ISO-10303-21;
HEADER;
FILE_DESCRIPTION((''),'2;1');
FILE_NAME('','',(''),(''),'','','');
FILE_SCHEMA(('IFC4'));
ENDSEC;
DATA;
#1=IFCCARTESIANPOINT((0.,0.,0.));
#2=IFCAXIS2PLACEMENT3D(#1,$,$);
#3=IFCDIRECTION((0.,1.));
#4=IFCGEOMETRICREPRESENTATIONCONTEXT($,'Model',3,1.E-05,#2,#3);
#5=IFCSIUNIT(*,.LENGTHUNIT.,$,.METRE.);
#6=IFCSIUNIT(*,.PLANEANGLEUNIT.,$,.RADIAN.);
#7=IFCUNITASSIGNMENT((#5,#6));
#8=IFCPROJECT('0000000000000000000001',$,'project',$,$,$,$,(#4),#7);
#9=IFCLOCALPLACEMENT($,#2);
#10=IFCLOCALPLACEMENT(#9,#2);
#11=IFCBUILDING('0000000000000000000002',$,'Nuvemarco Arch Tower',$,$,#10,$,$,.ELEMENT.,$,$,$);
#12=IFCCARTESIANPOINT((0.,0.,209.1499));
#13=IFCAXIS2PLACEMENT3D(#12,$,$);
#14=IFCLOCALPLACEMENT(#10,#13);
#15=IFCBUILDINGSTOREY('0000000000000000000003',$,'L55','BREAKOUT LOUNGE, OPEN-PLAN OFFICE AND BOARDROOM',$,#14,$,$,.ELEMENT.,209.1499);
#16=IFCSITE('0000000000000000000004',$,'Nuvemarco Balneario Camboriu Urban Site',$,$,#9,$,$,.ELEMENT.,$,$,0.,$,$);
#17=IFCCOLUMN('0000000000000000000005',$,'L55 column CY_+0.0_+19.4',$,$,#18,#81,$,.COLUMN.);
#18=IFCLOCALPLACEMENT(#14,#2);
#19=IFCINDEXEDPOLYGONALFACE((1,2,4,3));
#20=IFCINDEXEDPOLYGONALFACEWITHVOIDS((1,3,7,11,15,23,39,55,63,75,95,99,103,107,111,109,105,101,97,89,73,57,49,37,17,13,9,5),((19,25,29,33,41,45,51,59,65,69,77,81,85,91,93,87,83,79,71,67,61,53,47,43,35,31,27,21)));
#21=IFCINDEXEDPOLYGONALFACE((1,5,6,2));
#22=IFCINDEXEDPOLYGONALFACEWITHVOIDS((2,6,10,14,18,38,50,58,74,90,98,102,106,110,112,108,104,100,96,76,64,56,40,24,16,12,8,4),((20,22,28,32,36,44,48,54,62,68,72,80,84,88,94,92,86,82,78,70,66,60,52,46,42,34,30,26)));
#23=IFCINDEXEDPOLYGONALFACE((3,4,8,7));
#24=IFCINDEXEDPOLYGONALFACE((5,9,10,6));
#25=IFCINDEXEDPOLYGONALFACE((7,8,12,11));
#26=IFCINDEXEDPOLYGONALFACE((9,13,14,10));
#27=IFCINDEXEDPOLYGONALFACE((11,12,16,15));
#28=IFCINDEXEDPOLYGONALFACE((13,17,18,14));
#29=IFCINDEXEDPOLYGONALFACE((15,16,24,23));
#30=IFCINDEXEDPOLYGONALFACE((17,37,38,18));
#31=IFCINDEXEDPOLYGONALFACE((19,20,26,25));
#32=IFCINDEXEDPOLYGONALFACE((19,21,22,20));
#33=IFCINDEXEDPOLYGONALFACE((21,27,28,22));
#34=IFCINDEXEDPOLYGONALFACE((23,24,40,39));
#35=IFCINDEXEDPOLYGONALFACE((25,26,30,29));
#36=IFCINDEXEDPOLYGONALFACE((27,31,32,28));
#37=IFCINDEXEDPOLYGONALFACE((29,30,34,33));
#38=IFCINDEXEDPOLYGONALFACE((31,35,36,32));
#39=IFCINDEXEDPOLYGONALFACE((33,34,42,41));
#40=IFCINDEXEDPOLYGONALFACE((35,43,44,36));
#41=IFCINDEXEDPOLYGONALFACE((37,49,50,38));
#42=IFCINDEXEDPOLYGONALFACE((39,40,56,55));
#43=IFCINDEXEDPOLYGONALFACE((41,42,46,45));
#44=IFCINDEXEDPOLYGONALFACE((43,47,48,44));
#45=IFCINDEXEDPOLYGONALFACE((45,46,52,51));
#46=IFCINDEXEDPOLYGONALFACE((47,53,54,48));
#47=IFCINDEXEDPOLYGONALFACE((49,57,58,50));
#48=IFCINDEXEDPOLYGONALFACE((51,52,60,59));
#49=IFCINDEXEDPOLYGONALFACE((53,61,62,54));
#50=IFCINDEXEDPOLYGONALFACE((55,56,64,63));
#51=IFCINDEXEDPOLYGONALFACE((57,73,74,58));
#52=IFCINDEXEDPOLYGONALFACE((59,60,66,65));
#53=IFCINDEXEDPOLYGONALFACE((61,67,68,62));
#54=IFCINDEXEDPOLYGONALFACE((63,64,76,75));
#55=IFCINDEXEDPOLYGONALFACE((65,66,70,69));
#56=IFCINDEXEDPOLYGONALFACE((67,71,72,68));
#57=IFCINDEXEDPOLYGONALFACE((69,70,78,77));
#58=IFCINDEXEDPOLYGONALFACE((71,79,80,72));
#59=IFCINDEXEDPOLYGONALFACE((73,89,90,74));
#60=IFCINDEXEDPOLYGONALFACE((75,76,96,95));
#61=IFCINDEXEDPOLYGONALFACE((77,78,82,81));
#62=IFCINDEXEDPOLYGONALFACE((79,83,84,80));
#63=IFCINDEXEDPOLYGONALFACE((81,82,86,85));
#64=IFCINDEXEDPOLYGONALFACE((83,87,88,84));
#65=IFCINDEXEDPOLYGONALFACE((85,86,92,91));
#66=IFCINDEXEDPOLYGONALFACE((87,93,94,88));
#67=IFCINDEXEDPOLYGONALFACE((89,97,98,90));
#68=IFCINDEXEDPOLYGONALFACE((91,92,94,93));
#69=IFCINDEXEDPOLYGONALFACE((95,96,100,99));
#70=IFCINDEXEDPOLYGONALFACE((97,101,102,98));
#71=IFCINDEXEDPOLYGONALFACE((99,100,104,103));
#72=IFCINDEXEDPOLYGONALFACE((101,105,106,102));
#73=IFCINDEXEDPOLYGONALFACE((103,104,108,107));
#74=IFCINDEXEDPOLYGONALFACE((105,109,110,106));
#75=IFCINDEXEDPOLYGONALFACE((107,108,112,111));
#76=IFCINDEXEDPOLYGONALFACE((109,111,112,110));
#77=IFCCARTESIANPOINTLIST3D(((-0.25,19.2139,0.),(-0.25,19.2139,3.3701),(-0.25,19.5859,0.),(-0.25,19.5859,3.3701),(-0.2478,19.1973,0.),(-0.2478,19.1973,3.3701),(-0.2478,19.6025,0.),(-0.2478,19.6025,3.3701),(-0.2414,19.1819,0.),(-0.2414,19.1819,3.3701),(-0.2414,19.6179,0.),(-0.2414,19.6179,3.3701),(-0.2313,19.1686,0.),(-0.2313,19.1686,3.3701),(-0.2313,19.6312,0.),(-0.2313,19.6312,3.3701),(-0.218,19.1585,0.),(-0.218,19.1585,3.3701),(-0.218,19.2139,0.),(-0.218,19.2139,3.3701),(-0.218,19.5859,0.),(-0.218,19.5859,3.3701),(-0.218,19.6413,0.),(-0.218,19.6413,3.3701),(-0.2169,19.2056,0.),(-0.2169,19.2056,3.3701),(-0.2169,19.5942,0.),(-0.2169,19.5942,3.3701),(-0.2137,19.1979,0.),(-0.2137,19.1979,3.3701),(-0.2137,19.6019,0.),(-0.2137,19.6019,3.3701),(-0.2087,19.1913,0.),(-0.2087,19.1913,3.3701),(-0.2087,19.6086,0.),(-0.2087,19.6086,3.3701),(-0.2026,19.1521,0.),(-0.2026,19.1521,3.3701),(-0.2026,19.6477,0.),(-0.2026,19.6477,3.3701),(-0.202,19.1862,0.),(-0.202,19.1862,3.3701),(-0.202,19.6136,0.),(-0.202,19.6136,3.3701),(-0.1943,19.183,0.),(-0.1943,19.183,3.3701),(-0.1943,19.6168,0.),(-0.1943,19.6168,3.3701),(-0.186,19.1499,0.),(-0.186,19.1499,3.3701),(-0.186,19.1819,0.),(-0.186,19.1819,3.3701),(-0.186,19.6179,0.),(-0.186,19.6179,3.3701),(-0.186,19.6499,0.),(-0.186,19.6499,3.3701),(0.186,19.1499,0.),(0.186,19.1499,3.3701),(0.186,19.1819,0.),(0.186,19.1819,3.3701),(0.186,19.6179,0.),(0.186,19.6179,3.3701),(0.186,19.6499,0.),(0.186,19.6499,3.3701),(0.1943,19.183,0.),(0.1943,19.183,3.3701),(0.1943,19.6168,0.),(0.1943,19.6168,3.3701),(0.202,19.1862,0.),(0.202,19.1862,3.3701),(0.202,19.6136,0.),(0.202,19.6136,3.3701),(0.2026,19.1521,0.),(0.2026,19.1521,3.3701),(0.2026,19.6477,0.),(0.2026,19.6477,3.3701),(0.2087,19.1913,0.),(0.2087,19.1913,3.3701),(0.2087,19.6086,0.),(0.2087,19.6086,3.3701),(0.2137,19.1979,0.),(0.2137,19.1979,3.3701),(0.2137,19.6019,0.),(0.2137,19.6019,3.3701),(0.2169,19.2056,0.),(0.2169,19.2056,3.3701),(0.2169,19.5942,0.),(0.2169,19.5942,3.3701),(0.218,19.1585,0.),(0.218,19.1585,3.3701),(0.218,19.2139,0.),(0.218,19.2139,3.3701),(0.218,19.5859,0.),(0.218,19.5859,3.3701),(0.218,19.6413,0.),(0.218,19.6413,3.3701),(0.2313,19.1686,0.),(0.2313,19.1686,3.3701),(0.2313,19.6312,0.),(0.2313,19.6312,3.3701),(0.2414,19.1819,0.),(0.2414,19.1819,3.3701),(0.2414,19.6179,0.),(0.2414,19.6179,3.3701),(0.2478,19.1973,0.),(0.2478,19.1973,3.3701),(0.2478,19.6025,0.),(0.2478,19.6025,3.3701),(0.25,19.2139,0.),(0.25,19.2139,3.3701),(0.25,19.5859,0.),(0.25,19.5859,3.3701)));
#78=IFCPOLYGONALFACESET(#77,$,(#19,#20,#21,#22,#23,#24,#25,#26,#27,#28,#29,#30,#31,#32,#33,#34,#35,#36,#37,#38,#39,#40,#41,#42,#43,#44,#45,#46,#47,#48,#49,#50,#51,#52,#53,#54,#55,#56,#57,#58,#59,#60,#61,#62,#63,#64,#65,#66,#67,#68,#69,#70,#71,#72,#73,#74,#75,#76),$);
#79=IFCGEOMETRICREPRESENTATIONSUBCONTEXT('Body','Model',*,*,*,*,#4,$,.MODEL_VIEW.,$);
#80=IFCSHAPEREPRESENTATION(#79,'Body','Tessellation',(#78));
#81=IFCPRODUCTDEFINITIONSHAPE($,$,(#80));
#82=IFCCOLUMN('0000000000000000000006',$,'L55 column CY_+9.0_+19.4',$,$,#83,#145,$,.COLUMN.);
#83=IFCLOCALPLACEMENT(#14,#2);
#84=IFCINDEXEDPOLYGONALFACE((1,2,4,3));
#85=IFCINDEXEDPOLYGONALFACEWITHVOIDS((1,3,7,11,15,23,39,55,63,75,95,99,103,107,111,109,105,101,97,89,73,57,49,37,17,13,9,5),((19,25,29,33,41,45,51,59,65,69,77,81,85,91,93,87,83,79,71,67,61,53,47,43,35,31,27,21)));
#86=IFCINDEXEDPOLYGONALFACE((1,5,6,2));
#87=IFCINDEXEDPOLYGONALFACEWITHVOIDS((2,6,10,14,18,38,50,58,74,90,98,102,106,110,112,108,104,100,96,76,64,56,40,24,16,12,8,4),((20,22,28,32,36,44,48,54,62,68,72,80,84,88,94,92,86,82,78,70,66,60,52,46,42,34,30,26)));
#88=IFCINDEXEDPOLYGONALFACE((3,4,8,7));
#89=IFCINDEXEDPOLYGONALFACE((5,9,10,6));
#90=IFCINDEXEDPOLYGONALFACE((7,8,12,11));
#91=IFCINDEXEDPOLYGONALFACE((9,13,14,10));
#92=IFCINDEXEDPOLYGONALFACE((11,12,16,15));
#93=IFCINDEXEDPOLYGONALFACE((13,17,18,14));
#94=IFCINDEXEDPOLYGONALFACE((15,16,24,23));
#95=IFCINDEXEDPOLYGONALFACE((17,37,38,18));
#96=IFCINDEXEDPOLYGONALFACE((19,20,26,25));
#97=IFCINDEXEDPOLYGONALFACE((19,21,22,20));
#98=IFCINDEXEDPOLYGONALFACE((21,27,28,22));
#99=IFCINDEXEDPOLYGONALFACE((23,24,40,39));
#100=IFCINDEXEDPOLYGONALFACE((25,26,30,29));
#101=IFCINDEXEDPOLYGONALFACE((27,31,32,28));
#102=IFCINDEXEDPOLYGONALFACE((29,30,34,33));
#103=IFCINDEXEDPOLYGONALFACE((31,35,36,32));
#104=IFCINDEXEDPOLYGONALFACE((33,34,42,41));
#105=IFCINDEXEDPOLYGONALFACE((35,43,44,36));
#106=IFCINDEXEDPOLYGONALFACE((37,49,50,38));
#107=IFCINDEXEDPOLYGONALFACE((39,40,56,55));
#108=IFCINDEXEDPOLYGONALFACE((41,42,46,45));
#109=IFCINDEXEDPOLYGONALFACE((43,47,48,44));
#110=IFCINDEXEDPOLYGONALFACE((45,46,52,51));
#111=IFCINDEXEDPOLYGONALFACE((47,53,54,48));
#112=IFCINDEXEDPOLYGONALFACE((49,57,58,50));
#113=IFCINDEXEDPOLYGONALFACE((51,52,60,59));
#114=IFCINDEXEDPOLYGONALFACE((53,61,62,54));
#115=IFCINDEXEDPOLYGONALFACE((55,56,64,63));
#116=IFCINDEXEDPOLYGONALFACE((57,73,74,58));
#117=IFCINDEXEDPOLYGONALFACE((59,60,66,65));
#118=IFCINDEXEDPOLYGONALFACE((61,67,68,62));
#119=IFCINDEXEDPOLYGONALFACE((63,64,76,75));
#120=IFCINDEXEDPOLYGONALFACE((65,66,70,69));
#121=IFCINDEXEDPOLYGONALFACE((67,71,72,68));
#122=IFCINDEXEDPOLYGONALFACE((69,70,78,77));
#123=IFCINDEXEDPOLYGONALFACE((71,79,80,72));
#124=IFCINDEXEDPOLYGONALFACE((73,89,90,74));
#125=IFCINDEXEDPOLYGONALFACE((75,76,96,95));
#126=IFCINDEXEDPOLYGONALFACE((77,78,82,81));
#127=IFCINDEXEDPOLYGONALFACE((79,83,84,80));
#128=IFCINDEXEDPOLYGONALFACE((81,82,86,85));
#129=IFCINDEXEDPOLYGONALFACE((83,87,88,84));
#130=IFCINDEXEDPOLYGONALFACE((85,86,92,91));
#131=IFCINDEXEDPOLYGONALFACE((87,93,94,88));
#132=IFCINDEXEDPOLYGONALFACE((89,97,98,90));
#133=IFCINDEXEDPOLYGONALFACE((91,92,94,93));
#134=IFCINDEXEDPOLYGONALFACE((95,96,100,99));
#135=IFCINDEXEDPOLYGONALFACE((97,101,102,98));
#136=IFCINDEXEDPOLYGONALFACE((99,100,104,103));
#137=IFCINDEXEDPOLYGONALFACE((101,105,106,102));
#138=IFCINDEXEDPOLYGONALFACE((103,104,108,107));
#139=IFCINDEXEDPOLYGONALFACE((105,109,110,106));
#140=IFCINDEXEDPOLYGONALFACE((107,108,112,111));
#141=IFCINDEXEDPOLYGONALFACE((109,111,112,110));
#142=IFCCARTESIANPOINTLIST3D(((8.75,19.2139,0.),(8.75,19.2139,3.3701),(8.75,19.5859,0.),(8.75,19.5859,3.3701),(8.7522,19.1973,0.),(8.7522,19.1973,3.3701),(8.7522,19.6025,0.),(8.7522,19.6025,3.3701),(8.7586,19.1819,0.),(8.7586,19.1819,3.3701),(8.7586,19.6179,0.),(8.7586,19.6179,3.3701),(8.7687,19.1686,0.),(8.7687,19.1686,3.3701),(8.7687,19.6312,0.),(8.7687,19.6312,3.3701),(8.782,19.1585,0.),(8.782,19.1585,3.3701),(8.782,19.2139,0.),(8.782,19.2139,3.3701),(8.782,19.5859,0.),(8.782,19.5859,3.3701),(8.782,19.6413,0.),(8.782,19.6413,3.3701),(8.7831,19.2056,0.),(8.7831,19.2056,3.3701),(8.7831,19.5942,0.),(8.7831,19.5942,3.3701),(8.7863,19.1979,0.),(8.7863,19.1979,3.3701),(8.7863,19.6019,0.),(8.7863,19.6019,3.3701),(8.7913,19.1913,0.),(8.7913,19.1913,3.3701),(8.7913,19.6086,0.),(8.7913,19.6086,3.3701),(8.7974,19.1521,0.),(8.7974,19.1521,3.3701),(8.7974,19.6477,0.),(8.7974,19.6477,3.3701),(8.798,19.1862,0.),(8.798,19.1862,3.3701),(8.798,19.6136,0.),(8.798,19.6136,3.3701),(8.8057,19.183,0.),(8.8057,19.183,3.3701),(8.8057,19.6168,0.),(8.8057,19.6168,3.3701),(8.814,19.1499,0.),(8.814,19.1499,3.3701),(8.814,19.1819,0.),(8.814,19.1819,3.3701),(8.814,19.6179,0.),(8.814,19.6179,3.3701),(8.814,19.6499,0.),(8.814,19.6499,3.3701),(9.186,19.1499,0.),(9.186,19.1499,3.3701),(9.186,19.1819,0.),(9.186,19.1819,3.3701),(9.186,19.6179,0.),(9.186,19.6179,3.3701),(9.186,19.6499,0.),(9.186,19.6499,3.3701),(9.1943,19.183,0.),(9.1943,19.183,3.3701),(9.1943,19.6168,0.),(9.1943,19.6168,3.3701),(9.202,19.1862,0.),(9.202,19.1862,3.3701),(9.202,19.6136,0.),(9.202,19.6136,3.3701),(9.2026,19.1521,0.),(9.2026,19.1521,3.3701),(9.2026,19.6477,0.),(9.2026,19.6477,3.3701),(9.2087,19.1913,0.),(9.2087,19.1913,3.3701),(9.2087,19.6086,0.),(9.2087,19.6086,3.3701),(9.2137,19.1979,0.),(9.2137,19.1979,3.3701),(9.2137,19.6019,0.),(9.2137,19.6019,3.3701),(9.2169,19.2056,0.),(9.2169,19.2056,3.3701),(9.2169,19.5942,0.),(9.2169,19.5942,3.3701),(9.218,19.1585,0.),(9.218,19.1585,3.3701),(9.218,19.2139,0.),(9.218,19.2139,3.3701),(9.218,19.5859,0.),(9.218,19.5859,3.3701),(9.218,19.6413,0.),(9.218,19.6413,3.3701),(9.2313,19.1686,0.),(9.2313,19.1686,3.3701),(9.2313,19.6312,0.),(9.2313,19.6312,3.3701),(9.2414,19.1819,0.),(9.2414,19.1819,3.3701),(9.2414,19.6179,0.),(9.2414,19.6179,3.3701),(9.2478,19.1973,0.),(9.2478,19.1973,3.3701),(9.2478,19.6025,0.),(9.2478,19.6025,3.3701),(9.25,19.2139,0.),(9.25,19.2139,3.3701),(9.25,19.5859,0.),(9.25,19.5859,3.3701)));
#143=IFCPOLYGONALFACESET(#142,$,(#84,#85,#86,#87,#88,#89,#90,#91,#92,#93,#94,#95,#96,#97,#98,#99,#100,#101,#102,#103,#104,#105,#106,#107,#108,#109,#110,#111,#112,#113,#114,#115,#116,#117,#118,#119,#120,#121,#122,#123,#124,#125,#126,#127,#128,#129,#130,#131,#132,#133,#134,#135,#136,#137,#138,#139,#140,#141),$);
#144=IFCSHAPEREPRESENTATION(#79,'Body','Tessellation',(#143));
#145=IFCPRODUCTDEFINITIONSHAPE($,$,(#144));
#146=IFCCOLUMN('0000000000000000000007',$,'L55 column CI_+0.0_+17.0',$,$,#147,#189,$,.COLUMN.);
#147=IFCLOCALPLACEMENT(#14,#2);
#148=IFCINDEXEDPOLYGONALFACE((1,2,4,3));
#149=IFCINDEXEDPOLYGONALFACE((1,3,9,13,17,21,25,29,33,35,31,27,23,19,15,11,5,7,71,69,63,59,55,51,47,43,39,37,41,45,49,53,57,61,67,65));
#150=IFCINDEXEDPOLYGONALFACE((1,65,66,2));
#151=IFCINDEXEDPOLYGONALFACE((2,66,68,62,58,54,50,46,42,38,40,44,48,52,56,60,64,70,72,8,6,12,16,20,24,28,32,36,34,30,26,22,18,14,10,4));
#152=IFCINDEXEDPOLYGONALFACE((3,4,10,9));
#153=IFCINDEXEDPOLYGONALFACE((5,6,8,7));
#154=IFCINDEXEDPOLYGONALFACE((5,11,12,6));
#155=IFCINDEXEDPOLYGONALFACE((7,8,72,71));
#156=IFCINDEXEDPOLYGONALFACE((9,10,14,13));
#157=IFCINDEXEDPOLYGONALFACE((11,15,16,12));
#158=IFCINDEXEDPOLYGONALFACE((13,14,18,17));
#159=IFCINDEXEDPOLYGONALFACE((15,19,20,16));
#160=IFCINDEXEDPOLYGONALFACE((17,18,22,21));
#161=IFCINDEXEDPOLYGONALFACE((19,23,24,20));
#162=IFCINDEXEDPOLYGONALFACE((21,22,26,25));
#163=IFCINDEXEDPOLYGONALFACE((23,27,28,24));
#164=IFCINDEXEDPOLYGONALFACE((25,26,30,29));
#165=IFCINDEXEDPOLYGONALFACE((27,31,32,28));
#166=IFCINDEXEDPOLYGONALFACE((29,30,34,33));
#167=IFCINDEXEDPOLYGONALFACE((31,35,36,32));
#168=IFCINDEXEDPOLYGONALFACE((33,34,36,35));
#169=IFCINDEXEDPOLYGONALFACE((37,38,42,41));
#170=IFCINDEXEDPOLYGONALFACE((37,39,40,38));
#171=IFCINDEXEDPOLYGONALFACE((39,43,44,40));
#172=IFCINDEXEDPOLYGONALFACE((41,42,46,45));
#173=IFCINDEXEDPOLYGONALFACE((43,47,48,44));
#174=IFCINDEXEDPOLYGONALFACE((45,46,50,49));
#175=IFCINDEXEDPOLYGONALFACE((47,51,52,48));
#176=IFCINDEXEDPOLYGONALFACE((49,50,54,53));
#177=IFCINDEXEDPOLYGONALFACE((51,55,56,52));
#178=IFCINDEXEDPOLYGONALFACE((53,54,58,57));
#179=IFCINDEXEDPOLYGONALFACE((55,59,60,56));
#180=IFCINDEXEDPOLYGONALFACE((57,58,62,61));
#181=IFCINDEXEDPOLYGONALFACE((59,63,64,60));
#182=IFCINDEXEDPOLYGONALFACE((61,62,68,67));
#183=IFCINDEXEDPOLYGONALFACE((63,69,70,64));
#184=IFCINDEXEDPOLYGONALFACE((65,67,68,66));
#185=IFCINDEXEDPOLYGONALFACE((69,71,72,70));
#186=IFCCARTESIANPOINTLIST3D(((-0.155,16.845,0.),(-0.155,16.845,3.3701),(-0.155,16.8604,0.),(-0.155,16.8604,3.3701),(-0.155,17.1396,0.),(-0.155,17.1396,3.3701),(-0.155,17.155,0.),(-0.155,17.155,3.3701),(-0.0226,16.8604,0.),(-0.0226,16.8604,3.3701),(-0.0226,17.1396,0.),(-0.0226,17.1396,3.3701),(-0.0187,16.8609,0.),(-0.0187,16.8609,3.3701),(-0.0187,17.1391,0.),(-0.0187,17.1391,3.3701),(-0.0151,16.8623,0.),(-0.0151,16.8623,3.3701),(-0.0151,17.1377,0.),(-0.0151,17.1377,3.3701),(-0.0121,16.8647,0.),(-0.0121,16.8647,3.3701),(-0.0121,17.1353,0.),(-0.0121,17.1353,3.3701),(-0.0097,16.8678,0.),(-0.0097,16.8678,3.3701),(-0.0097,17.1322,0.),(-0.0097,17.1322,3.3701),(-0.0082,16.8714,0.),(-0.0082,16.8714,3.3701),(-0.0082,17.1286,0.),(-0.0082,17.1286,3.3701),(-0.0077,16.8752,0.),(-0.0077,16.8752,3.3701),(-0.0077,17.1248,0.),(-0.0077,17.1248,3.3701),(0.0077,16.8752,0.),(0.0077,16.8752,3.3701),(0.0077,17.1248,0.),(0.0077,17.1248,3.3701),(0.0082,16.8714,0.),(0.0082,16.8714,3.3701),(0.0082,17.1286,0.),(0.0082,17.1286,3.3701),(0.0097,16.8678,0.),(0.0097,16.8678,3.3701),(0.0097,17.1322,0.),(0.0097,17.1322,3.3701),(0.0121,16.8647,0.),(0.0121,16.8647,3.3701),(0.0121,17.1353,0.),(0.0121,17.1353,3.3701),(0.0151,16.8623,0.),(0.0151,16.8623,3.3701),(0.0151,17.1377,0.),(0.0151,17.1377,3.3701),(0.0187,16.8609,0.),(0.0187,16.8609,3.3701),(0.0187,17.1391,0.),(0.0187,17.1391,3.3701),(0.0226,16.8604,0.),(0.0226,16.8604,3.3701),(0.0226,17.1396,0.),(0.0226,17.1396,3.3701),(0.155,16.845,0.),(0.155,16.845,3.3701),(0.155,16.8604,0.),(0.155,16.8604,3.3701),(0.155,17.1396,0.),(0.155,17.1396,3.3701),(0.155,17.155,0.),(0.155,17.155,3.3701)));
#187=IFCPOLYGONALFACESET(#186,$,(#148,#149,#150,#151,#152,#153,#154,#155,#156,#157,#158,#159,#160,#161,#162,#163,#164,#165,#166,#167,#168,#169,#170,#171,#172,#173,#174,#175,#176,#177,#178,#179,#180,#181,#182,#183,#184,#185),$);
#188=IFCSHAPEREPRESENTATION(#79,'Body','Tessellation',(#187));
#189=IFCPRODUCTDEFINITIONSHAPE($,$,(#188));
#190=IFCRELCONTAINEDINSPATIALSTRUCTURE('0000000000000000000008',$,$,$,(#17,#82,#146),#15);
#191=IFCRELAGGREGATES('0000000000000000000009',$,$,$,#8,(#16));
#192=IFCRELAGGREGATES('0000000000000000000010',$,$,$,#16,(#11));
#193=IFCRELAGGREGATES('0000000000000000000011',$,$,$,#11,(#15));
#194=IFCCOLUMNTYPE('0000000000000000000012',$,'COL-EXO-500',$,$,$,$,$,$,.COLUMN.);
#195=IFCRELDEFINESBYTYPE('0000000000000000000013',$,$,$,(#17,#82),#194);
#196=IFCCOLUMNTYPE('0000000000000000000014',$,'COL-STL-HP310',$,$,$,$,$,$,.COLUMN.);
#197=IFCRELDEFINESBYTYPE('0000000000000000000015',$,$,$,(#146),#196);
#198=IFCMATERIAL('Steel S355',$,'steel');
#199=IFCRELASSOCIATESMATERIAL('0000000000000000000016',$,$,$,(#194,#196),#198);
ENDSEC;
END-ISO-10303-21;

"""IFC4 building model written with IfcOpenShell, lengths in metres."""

from ifc_helpers import new_model, si_unit, direction, frame, origin, origin_2d, place, context, subcontext, project, spatial, hollow_rectangle, i_section, extrude, material, material_profile, profile_set, type_object, element, save


model = new_model("IFC4")

# Units and contexts
model_context = context("Model", 3, precision=1e-05, world=origin(), true_north=direction((0.0, 1.0)))
body_context = subcontext(model_context, "Body", "Model", "MODEL_VIEW")
ifc_project = project(units=[si_unit("LENGTHUNIT", "METRE"), si_unit("PLANEANGLEUNIT", "RADIAN")], contexts=[model_context])

# Site, building, storey
site_placement = place(None, origin())
site = spatial("IfcSite", under=ifc_project, at=site_placement, Name="Nuvemarco Balneario Camboriu Urban Site", CompositionType="ELEMENT", RefElevation=0.0)
building_placement = place(site_placement, origin())
building = spatial("IfcBuilding", under=site, at=building_placement, Name="Nuvemarco Arch Tower", CompositionType="ELEMENT")
storey_placement = place(building_placement, frame((0.0, 0.0, 209.1499)))
storey = spatial("IfcBuildingStorey", under=building, at=storey_placement, Name="L55", Description="BREAKOUT LOUNGE, OPEN-PLAN OFFICE AND BOARDROOM", CompositionType="ELEMENT", Elevation=209.1499)

# Columns
ifc_material_1 = material(Name="Steel S355", Category="steel")
ifc_material_profile_1 = material_profile(ifc_material_1, hollow_rectangle(XDim=0.5, YDim=0.5, WallThickness=0.032, InnerFilletRadius=0.032, OuterFilletRadius=0.064, at=origin_2d()), Name="SHS500x500x32")
ifc_profile_set_1 = profile_set([ifc_material_profile_1], Name="Steel S355")
column_type_1 = type_object("IfcColumnType", Name="COL-EXO-500", PredefinedType="COLUMN", material=ifc_profile_set_1)
for number, where, z_axis, x_axis, name in (
    (1, (0.0, 19.3999, 0.0), (0.0, 0.0, 1.0), (1.0, 0.0, 0.0), "L55 column CY_+0.0_+19.4"),
    (2, (9.0, 19.3999, 0.0), (0.0, 0.0, 1.0), (1.0, 0.0, 0.0), "L55 column CY_+9.0_+19.4"),
):
    element("IfcColumn", number, at=place(storey_placement, frame(where, z_axis=z_axis, x_axis=x_axis)), inside=storey, type_object=column_type_1, Name=name, PredefinedType="COLUMN", context=body_context, shape_type="SweptSolid", body=[
        extrude(hollow_rectangle(XDim=0.5, YDim=0.5, WallThickness=0.032, InnerFilletRadius=0.032, OuterFilletRadius=0.064, at=origin_2d()), origin(), (0.0, 0.0, 1.0), 3.3701),
    ])
ifc_material_profile_2 = material_profile(ifc_material_1, i_section(OverallWidth=0.3101, OverallDepth=0.3101, WebThickness=0.0154, FlangeThickness=0.0154, FilletRadius=0.0149, at=origin_2d()), Name="HP310x110")
ifc_profile_set_2 = profile_set([ifc_material_profile_2], Name="Steel S355")
column_type_2 = type_object("IfcColumnType", Name="COL-STL-HP310", PredefinedType="COLUMN", material=ifc_profile_set_2)
for number, where, z_axis, x_axis, name in (
    (3, (0.0, 17.0, 0.0), (0.0, 0.0, 1.0), (1.0, 0.0, 0.0), "L55 column CI_+0.0_+17.0"),
):
    element("IfcColumn", number, at=place(storey_placement, frame(where, z_axis=z_axis, x_axis=x_axis)), inside=storey, type_object=column_type_2, Name=name, PredefinedType="COLUMN", context=body_context, shape_type="SweptSolid", body=[
        extrude(i_section(OverallWidth=0.3101, OverallDepth=0.3101, WebThickness=0.0154, FlangeThickness=0.0154, FilletRadius=0.0149, at=origin_2d()), origin(), (0.0, 0.0, 1.0), 3.3701),
    ])

save(model, "model.ifc")
